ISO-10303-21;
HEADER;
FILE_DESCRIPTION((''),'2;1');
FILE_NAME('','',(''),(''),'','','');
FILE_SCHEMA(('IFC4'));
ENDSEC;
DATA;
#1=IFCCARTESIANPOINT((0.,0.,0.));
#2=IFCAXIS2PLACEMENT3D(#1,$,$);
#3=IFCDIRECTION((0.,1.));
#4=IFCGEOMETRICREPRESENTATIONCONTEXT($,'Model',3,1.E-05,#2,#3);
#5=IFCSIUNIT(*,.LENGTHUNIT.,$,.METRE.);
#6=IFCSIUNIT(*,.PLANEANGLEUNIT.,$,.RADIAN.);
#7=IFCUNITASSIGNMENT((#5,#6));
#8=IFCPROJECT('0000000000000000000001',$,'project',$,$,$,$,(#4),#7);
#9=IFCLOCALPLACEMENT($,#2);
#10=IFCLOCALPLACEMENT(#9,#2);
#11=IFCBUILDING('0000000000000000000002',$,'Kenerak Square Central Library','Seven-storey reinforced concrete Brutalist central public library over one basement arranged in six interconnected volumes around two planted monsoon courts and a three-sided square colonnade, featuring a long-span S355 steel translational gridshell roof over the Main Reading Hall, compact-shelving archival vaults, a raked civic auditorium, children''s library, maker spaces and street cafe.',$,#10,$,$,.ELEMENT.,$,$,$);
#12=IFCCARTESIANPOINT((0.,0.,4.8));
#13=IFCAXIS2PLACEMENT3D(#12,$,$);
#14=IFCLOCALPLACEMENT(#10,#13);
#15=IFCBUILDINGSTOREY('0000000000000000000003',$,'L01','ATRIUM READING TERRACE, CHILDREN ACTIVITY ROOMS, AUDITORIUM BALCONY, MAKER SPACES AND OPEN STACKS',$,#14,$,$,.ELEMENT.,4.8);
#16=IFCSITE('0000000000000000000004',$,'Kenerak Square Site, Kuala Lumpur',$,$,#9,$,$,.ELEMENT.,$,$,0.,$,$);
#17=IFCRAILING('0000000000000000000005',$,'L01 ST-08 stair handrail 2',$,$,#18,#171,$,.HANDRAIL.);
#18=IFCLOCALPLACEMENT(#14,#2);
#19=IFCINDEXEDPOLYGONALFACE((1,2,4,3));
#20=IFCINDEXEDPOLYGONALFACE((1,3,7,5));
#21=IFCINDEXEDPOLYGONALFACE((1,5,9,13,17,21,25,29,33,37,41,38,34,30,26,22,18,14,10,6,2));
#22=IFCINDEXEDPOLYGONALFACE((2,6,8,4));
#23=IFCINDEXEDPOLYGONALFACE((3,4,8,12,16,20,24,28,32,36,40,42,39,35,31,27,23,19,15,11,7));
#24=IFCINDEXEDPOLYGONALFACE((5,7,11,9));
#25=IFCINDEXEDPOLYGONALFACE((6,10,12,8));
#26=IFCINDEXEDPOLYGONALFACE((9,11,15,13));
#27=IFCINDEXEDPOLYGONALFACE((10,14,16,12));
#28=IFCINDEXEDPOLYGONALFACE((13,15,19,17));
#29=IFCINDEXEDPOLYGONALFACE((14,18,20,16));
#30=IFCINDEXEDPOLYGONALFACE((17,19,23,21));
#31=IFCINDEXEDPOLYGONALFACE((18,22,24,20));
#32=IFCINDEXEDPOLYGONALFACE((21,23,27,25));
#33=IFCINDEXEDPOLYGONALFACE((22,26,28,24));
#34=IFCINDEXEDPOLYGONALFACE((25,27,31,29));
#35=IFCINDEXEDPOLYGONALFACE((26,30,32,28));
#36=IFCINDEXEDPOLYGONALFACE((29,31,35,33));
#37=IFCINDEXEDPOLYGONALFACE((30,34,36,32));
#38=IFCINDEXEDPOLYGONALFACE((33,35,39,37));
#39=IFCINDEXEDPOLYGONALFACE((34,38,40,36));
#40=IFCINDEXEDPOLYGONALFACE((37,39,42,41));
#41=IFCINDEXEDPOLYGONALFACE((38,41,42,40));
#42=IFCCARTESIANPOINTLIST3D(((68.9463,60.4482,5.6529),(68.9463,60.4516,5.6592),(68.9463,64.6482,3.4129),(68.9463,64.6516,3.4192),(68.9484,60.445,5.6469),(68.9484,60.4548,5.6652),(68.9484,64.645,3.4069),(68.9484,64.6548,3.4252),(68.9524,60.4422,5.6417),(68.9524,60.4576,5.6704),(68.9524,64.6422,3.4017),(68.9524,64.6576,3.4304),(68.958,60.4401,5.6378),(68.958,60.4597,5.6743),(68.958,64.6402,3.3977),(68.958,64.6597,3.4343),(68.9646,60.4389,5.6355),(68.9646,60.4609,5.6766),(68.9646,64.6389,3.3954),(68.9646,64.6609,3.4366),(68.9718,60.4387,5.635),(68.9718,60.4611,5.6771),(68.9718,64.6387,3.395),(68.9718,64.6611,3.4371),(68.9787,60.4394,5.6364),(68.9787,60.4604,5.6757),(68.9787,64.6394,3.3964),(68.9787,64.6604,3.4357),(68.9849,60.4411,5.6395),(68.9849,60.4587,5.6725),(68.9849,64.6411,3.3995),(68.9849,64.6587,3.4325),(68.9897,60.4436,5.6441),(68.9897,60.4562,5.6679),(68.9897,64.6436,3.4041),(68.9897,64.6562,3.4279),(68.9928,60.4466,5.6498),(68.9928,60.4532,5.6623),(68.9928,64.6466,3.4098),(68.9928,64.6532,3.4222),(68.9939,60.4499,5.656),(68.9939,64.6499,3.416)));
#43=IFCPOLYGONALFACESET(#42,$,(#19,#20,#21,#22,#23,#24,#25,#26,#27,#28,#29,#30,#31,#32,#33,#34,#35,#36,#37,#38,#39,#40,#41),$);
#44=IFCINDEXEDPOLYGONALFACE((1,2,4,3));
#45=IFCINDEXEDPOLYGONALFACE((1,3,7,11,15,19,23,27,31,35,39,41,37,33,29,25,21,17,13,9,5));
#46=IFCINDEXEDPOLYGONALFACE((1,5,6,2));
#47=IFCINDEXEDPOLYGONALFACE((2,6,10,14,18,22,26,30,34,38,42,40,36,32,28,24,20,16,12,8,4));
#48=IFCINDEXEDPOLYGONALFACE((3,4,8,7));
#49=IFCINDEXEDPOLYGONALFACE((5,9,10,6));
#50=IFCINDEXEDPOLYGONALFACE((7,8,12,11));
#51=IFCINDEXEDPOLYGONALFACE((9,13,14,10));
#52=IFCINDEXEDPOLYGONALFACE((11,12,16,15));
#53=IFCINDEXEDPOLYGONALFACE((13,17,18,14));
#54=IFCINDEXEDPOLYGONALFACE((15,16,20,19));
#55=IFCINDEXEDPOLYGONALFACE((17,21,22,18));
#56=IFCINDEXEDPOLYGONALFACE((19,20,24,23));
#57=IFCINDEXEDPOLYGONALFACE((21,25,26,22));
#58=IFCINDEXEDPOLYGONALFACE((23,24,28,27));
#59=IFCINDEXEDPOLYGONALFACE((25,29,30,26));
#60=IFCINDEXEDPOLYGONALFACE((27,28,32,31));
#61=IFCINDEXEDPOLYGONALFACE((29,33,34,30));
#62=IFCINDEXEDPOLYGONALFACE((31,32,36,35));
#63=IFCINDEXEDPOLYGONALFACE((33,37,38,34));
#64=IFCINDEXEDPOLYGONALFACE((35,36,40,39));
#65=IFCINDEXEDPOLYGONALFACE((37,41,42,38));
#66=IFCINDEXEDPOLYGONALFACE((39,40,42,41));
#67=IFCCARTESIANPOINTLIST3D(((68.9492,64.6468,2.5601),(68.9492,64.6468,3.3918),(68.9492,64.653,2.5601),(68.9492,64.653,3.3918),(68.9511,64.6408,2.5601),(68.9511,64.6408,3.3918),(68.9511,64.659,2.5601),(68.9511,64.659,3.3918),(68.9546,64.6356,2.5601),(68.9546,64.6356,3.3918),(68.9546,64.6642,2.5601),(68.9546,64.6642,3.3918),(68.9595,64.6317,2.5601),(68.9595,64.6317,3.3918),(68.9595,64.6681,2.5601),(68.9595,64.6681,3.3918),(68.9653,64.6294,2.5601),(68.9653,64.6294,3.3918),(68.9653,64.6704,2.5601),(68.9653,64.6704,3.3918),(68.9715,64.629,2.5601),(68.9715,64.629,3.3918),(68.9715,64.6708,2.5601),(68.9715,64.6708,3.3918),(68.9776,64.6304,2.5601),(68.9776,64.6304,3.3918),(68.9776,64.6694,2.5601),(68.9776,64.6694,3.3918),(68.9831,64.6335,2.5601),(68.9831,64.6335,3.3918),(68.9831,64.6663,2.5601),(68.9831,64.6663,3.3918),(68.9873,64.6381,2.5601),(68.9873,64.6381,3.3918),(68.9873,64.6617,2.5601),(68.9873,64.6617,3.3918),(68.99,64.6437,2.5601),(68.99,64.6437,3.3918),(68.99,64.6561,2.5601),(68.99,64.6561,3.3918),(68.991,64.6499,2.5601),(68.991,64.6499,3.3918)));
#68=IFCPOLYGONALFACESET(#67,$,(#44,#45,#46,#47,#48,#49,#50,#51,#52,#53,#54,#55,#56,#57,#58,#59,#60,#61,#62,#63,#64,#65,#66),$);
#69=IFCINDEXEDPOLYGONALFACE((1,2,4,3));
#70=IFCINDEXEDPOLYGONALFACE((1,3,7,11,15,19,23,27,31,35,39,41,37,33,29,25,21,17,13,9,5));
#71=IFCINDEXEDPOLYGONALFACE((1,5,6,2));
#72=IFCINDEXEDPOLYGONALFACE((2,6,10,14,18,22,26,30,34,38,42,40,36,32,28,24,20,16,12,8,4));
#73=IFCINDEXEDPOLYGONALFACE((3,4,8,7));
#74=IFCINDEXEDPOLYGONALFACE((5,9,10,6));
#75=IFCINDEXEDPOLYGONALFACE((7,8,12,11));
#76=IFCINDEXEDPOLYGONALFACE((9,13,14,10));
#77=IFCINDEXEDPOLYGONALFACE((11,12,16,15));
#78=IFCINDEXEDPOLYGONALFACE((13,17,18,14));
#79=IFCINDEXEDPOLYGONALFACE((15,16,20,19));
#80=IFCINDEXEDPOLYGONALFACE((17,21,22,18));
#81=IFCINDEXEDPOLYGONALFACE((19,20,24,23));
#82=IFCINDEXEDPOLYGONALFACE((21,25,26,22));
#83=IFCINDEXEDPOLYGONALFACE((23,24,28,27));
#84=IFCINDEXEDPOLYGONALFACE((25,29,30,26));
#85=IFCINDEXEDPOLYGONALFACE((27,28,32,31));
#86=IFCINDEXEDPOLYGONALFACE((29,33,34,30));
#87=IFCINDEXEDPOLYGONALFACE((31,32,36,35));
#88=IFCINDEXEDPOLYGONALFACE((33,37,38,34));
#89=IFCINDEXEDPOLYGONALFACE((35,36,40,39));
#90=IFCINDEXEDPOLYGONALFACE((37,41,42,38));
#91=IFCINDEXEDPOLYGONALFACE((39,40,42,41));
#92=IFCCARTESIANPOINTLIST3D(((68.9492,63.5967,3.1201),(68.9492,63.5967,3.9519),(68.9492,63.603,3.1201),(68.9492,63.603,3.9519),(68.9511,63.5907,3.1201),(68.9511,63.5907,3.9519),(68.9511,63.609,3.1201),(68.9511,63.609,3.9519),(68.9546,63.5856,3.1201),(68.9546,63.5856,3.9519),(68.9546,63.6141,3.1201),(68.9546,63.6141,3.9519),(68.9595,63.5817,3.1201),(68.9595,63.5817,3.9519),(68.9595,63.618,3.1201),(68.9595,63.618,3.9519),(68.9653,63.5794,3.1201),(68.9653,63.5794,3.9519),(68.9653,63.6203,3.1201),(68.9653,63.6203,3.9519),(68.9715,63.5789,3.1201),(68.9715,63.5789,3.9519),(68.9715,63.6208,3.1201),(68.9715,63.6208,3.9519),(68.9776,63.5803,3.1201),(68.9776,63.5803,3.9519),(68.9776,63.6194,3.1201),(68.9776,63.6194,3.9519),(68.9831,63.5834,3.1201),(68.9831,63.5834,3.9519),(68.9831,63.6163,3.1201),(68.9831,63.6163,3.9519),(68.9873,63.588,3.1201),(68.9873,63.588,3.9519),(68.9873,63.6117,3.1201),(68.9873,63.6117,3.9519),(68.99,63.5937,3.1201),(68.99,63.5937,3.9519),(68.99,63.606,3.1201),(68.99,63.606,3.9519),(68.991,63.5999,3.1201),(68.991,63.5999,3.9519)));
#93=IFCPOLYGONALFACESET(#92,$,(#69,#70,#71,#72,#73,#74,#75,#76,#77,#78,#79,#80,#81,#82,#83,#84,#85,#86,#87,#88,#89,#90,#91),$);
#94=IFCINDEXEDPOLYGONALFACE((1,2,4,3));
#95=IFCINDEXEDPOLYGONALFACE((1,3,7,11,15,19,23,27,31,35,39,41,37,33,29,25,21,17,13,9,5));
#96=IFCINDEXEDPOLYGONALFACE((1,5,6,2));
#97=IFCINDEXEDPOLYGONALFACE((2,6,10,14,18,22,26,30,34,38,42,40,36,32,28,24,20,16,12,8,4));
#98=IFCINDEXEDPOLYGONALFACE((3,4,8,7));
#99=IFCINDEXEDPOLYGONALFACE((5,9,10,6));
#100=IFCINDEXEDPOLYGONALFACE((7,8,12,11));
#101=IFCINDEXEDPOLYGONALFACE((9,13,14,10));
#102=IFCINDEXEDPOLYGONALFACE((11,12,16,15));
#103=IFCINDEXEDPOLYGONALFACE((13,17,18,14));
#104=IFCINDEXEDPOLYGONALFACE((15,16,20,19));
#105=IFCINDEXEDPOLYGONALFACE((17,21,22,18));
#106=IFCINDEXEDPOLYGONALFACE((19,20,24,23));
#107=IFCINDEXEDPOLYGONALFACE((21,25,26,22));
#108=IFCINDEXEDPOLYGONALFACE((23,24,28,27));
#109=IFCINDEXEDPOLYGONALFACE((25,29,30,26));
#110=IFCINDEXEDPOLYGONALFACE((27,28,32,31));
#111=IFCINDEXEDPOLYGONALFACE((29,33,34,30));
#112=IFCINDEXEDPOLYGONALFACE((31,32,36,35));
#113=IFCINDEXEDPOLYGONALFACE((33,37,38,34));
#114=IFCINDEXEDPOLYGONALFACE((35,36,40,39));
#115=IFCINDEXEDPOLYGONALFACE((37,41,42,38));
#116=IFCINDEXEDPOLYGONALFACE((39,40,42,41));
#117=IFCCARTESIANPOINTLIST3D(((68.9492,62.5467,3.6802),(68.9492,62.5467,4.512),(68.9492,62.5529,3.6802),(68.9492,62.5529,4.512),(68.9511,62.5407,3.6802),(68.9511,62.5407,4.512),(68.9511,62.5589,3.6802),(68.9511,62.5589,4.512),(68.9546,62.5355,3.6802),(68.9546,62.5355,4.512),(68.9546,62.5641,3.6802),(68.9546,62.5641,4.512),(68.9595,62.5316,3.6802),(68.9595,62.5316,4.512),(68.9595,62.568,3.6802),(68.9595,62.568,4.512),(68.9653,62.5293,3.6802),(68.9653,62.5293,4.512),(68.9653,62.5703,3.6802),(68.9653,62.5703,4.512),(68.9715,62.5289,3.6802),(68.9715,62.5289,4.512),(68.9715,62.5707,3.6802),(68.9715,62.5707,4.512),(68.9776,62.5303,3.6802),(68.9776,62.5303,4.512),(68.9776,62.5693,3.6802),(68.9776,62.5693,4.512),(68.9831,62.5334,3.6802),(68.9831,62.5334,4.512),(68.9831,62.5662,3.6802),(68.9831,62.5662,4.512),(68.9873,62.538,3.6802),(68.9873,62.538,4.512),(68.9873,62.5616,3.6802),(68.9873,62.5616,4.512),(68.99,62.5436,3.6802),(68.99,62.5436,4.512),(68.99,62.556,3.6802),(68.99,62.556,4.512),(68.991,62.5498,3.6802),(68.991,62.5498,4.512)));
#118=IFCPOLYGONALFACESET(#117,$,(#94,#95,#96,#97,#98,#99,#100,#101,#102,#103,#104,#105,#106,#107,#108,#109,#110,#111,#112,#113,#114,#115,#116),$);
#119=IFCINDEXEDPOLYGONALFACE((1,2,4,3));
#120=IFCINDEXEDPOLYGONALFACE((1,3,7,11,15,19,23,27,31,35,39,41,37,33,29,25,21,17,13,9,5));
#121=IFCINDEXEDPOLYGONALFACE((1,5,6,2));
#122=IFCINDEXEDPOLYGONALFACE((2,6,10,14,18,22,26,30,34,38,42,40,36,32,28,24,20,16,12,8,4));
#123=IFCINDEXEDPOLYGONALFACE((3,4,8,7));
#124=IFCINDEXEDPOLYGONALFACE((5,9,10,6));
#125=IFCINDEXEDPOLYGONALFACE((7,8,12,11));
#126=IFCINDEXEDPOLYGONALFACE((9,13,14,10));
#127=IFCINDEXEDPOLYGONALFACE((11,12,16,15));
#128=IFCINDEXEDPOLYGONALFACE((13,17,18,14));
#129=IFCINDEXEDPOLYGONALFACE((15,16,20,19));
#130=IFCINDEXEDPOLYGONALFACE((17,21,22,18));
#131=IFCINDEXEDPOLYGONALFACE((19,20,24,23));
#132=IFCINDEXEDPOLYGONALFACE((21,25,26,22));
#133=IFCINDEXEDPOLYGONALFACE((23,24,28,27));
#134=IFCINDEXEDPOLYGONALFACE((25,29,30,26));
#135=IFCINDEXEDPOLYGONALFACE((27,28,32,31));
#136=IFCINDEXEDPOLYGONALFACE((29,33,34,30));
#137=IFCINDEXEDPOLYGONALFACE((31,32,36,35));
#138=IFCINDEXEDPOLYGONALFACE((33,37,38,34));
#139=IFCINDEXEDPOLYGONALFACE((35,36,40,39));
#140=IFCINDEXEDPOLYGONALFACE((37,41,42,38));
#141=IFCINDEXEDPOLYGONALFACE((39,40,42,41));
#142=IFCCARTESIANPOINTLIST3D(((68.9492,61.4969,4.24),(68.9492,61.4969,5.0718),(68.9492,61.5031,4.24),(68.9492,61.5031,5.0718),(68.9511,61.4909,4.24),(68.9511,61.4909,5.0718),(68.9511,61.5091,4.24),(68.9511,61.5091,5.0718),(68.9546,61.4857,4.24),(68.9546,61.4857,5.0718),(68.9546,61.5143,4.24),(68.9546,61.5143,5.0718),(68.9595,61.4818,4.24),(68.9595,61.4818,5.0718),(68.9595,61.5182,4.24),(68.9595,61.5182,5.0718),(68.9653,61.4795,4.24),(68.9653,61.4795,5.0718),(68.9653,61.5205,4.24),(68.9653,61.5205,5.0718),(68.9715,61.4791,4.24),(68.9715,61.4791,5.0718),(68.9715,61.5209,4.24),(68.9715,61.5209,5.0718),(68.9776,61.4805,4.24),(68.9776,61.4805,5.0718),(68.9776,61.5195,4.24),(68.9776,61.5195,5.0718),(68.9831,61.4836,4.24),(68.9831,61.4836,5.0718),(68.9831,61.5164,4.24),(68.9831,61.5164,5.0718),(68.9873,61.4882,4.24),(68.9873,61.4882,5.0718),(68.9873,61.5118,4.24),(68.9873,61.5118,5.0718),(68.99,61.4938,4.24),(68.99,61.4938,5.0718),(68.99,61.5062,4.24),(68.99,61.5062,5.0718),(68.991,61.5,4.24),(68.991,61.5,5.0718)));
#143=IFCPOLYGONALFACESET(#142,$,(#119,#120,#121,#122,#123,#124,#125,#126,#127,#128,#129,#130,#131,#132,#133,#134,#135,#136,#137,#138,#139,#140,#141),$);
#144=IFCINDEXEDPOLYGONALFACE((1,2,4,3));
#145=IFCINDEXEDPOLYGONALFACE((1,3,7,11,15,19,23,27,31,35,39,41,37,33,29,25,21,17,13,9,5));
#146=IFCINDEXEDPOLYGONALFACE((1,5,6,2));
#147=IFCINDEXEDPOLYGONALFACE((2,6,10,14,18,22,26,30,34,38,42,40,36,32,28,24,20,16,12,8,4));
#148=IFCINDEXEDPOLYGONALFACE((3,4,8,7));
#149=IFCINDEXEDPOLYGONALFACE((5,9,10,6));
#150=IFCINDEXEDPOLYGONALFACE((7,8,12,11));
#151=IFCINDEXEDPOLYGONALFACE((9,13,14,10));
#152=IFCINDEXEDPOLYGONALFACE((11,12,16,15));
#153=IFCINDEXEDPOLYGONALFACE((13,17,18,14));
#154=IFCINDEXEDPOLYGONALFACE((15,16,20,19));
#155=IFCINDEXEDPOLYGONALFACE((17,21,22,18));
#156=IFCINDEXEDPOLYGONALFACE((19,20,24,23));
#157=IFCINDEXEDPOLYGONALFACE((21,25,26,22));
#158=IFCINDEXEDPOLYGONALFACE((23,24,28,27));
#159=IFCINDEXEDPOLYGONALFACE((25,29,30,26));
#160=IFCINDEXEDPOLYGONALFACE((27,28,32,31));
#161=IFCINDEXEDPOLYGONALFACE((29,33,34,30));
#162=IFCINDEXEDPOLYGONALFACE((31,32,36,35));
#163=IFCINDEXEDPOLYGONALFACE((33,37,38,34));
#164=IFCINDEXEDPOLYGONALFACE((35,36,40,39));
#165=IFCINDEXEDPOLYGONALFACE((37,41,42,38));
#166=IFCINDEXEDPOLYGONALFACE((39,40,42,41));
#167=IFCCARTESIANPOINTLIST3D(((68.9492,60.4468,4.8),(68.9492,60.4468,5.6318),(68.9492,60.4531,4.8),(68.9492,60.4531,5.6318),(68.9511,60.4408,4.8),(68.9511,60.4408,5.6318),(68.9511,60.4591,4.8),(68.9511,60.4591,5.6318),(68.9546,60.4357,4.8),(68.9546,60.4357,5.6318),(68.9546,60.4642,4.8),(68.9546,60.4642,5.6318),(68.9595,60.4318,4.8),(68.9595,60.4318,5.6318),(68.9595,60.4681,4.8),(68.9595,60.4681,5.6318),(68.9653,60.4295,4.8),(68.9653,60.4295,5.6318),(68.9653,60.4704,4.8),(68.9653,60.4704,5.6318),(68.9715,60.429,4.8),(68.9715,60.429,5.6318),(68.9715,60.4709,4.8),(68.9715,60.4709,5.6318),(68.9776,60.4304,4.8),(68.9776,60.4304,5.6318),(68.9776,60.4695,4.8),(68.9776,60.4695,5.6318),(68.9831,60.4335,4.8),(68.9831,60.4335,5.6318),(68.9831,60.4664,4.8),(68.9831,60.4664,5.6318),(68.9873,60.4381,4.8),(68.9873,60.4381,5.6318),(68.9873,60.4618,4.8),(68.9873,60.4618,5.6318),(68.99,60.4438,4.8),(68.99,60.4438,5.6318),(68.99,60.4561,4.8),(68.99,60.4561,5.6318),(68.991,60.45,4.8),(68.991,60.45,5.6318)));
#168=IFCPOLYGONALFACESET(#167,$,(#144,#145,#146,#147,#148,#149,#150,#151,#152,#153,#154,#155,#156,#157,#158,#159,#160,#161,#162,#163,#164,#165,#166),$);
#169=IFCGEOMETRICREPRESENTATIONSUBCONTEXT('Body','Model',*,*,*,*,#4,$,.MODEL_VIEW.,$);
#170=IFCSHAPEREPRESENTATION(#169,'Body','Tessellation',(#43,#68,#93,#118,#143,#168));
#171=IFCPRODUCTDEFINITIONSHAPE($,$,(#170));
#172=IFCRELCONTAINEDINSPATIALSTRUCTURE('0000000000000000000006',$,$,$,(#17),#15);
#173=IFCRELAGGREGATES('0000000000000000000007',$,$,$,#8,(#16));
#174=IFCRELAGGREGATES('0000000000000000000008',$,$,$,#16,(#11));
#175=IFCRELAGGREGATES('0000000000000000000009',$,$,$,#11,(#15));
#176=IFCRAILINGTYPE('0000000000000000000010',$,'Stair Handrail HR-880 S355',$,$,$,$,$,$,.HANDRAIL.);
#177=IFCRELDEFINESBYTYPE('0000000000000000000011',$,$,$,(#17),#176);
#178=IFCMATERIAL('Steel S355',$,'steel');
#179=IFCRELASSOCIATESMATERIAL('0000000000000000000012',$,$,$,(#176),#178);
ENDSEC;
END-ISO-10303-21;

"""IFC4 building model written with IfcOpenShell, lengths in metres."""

from ifc_helpers import new_model, si_unit, direction, frame, origin, origin_2d, place, context, subcontext, project, spatial, circle, extrude, material, type_object, element, save


model = new_model("IFC4")

# Units and contexts
model_context = context("Model", 3, precision=1e-05, world=origin(), true_north=direction((0.0, 1.0)))
body_context = subcontext(model_context, "Body", "Model", "MODEL_VIEW")
ifc_project = project(units=[si_unit("LENGTHUNIT", "METRE"), si_unit("PLANEANGLEUNIT", "RADIAN")], contexts=[model_context])

# Site, building, storey
site_placement = place(None, origin())
site = spatial("IfcSite", under=ifc_project, at=site_placement, Name="Kenerak Square Site, Kuala Lumpur", CompositionType="ELEMENT", RefElevation=0.0)
building_placement = place(site_placement, origin())
building = spatial("IfcBuilding", under=site, at=building_placement, Name="Kenerak Square Central Library", Description="Seven-storey reinforced concrete Brutalist central public library over one basement arranged in six interconnected volumes around two planted monsoon courts and a three-sided square colonnade, featuring a long-span S355 steel translational gridshell roof over the Main Reading Hall, compact-shelving archival vaults, a raked civic auditorium, children's library, maker spaces and street cafe.", CompositionType="ELEMENT")
storey_placement = place(building_placement, frame((0.0, 0.0, 4.8)))
storey = spatial("IfcBuildingStorey", under=building, at=storey_placement, Name="L01", Description="ATRIUM READING TERRACE, CHILDREN ACTIVITY ROOMS, AUDITORIUM BALCONY, MAKER SPACES AND OPEN STACKS", CompositionType="ELEMENT", Elevation=4.8)

# Railing
ifc_material_1 = material(Name="Steel S355", Category="steel")
railing_type_1 = type_object("IfcRailingType", Name="Stair Handrail HR-880 S355", PredefinedType="HANDRAIL", material=ifc_material_1)
railing_1_placement = place(storey_placement, frame((68.97, 64.6499, 2.5601)))
element("IfcRailing", 1, at=railing_1_placement, inside=storey, type_object=railing_type_1, Name="L01 ST-08 stair handrail 2", PredefinedType="HANDRAIL", context=body_context, shape_type="SweptSolid", body=[
    extrude(circle(Radius=0.0239, at=origin_2d()), frame((0.0, 0.0, 0.856), z_axis=(0.0, -0.882352, 0.470591), x_axis=(1.0, 0.0, 0.0)), (0.0, 0.0, 1.0), 4.76),
    extrude(circle(Radius=0.021, at=origin_2d()), origin(), (0.0, 0.0, 1.0), 0.8318),
    extrude(circle(Radius=0.021, at=origin_2d()), frame((0.0, -1.05, 0.5601)), (0.0, 0.0, 1.0), 0.8318),
    extrude(circle(Radius=0.021, at=origin_2d()), frame((0.0, -2.1001, 1.1201)), (0.0, 0.0, 1.0), 0.8318),
    extrude(circle(Radius=0.021, at=origin_2d()), frame((0.0, -3.1499, 1.6799)), (0.0, 0.0, 1.0), 0.8318),
    extrude(circle(Radius=0.021, at=origin_2d()), frame((0.0, -4.2, 2.24)), (0.0, 0.0, 1.0), 0.8318),
])

save(model, "model.ifc")
